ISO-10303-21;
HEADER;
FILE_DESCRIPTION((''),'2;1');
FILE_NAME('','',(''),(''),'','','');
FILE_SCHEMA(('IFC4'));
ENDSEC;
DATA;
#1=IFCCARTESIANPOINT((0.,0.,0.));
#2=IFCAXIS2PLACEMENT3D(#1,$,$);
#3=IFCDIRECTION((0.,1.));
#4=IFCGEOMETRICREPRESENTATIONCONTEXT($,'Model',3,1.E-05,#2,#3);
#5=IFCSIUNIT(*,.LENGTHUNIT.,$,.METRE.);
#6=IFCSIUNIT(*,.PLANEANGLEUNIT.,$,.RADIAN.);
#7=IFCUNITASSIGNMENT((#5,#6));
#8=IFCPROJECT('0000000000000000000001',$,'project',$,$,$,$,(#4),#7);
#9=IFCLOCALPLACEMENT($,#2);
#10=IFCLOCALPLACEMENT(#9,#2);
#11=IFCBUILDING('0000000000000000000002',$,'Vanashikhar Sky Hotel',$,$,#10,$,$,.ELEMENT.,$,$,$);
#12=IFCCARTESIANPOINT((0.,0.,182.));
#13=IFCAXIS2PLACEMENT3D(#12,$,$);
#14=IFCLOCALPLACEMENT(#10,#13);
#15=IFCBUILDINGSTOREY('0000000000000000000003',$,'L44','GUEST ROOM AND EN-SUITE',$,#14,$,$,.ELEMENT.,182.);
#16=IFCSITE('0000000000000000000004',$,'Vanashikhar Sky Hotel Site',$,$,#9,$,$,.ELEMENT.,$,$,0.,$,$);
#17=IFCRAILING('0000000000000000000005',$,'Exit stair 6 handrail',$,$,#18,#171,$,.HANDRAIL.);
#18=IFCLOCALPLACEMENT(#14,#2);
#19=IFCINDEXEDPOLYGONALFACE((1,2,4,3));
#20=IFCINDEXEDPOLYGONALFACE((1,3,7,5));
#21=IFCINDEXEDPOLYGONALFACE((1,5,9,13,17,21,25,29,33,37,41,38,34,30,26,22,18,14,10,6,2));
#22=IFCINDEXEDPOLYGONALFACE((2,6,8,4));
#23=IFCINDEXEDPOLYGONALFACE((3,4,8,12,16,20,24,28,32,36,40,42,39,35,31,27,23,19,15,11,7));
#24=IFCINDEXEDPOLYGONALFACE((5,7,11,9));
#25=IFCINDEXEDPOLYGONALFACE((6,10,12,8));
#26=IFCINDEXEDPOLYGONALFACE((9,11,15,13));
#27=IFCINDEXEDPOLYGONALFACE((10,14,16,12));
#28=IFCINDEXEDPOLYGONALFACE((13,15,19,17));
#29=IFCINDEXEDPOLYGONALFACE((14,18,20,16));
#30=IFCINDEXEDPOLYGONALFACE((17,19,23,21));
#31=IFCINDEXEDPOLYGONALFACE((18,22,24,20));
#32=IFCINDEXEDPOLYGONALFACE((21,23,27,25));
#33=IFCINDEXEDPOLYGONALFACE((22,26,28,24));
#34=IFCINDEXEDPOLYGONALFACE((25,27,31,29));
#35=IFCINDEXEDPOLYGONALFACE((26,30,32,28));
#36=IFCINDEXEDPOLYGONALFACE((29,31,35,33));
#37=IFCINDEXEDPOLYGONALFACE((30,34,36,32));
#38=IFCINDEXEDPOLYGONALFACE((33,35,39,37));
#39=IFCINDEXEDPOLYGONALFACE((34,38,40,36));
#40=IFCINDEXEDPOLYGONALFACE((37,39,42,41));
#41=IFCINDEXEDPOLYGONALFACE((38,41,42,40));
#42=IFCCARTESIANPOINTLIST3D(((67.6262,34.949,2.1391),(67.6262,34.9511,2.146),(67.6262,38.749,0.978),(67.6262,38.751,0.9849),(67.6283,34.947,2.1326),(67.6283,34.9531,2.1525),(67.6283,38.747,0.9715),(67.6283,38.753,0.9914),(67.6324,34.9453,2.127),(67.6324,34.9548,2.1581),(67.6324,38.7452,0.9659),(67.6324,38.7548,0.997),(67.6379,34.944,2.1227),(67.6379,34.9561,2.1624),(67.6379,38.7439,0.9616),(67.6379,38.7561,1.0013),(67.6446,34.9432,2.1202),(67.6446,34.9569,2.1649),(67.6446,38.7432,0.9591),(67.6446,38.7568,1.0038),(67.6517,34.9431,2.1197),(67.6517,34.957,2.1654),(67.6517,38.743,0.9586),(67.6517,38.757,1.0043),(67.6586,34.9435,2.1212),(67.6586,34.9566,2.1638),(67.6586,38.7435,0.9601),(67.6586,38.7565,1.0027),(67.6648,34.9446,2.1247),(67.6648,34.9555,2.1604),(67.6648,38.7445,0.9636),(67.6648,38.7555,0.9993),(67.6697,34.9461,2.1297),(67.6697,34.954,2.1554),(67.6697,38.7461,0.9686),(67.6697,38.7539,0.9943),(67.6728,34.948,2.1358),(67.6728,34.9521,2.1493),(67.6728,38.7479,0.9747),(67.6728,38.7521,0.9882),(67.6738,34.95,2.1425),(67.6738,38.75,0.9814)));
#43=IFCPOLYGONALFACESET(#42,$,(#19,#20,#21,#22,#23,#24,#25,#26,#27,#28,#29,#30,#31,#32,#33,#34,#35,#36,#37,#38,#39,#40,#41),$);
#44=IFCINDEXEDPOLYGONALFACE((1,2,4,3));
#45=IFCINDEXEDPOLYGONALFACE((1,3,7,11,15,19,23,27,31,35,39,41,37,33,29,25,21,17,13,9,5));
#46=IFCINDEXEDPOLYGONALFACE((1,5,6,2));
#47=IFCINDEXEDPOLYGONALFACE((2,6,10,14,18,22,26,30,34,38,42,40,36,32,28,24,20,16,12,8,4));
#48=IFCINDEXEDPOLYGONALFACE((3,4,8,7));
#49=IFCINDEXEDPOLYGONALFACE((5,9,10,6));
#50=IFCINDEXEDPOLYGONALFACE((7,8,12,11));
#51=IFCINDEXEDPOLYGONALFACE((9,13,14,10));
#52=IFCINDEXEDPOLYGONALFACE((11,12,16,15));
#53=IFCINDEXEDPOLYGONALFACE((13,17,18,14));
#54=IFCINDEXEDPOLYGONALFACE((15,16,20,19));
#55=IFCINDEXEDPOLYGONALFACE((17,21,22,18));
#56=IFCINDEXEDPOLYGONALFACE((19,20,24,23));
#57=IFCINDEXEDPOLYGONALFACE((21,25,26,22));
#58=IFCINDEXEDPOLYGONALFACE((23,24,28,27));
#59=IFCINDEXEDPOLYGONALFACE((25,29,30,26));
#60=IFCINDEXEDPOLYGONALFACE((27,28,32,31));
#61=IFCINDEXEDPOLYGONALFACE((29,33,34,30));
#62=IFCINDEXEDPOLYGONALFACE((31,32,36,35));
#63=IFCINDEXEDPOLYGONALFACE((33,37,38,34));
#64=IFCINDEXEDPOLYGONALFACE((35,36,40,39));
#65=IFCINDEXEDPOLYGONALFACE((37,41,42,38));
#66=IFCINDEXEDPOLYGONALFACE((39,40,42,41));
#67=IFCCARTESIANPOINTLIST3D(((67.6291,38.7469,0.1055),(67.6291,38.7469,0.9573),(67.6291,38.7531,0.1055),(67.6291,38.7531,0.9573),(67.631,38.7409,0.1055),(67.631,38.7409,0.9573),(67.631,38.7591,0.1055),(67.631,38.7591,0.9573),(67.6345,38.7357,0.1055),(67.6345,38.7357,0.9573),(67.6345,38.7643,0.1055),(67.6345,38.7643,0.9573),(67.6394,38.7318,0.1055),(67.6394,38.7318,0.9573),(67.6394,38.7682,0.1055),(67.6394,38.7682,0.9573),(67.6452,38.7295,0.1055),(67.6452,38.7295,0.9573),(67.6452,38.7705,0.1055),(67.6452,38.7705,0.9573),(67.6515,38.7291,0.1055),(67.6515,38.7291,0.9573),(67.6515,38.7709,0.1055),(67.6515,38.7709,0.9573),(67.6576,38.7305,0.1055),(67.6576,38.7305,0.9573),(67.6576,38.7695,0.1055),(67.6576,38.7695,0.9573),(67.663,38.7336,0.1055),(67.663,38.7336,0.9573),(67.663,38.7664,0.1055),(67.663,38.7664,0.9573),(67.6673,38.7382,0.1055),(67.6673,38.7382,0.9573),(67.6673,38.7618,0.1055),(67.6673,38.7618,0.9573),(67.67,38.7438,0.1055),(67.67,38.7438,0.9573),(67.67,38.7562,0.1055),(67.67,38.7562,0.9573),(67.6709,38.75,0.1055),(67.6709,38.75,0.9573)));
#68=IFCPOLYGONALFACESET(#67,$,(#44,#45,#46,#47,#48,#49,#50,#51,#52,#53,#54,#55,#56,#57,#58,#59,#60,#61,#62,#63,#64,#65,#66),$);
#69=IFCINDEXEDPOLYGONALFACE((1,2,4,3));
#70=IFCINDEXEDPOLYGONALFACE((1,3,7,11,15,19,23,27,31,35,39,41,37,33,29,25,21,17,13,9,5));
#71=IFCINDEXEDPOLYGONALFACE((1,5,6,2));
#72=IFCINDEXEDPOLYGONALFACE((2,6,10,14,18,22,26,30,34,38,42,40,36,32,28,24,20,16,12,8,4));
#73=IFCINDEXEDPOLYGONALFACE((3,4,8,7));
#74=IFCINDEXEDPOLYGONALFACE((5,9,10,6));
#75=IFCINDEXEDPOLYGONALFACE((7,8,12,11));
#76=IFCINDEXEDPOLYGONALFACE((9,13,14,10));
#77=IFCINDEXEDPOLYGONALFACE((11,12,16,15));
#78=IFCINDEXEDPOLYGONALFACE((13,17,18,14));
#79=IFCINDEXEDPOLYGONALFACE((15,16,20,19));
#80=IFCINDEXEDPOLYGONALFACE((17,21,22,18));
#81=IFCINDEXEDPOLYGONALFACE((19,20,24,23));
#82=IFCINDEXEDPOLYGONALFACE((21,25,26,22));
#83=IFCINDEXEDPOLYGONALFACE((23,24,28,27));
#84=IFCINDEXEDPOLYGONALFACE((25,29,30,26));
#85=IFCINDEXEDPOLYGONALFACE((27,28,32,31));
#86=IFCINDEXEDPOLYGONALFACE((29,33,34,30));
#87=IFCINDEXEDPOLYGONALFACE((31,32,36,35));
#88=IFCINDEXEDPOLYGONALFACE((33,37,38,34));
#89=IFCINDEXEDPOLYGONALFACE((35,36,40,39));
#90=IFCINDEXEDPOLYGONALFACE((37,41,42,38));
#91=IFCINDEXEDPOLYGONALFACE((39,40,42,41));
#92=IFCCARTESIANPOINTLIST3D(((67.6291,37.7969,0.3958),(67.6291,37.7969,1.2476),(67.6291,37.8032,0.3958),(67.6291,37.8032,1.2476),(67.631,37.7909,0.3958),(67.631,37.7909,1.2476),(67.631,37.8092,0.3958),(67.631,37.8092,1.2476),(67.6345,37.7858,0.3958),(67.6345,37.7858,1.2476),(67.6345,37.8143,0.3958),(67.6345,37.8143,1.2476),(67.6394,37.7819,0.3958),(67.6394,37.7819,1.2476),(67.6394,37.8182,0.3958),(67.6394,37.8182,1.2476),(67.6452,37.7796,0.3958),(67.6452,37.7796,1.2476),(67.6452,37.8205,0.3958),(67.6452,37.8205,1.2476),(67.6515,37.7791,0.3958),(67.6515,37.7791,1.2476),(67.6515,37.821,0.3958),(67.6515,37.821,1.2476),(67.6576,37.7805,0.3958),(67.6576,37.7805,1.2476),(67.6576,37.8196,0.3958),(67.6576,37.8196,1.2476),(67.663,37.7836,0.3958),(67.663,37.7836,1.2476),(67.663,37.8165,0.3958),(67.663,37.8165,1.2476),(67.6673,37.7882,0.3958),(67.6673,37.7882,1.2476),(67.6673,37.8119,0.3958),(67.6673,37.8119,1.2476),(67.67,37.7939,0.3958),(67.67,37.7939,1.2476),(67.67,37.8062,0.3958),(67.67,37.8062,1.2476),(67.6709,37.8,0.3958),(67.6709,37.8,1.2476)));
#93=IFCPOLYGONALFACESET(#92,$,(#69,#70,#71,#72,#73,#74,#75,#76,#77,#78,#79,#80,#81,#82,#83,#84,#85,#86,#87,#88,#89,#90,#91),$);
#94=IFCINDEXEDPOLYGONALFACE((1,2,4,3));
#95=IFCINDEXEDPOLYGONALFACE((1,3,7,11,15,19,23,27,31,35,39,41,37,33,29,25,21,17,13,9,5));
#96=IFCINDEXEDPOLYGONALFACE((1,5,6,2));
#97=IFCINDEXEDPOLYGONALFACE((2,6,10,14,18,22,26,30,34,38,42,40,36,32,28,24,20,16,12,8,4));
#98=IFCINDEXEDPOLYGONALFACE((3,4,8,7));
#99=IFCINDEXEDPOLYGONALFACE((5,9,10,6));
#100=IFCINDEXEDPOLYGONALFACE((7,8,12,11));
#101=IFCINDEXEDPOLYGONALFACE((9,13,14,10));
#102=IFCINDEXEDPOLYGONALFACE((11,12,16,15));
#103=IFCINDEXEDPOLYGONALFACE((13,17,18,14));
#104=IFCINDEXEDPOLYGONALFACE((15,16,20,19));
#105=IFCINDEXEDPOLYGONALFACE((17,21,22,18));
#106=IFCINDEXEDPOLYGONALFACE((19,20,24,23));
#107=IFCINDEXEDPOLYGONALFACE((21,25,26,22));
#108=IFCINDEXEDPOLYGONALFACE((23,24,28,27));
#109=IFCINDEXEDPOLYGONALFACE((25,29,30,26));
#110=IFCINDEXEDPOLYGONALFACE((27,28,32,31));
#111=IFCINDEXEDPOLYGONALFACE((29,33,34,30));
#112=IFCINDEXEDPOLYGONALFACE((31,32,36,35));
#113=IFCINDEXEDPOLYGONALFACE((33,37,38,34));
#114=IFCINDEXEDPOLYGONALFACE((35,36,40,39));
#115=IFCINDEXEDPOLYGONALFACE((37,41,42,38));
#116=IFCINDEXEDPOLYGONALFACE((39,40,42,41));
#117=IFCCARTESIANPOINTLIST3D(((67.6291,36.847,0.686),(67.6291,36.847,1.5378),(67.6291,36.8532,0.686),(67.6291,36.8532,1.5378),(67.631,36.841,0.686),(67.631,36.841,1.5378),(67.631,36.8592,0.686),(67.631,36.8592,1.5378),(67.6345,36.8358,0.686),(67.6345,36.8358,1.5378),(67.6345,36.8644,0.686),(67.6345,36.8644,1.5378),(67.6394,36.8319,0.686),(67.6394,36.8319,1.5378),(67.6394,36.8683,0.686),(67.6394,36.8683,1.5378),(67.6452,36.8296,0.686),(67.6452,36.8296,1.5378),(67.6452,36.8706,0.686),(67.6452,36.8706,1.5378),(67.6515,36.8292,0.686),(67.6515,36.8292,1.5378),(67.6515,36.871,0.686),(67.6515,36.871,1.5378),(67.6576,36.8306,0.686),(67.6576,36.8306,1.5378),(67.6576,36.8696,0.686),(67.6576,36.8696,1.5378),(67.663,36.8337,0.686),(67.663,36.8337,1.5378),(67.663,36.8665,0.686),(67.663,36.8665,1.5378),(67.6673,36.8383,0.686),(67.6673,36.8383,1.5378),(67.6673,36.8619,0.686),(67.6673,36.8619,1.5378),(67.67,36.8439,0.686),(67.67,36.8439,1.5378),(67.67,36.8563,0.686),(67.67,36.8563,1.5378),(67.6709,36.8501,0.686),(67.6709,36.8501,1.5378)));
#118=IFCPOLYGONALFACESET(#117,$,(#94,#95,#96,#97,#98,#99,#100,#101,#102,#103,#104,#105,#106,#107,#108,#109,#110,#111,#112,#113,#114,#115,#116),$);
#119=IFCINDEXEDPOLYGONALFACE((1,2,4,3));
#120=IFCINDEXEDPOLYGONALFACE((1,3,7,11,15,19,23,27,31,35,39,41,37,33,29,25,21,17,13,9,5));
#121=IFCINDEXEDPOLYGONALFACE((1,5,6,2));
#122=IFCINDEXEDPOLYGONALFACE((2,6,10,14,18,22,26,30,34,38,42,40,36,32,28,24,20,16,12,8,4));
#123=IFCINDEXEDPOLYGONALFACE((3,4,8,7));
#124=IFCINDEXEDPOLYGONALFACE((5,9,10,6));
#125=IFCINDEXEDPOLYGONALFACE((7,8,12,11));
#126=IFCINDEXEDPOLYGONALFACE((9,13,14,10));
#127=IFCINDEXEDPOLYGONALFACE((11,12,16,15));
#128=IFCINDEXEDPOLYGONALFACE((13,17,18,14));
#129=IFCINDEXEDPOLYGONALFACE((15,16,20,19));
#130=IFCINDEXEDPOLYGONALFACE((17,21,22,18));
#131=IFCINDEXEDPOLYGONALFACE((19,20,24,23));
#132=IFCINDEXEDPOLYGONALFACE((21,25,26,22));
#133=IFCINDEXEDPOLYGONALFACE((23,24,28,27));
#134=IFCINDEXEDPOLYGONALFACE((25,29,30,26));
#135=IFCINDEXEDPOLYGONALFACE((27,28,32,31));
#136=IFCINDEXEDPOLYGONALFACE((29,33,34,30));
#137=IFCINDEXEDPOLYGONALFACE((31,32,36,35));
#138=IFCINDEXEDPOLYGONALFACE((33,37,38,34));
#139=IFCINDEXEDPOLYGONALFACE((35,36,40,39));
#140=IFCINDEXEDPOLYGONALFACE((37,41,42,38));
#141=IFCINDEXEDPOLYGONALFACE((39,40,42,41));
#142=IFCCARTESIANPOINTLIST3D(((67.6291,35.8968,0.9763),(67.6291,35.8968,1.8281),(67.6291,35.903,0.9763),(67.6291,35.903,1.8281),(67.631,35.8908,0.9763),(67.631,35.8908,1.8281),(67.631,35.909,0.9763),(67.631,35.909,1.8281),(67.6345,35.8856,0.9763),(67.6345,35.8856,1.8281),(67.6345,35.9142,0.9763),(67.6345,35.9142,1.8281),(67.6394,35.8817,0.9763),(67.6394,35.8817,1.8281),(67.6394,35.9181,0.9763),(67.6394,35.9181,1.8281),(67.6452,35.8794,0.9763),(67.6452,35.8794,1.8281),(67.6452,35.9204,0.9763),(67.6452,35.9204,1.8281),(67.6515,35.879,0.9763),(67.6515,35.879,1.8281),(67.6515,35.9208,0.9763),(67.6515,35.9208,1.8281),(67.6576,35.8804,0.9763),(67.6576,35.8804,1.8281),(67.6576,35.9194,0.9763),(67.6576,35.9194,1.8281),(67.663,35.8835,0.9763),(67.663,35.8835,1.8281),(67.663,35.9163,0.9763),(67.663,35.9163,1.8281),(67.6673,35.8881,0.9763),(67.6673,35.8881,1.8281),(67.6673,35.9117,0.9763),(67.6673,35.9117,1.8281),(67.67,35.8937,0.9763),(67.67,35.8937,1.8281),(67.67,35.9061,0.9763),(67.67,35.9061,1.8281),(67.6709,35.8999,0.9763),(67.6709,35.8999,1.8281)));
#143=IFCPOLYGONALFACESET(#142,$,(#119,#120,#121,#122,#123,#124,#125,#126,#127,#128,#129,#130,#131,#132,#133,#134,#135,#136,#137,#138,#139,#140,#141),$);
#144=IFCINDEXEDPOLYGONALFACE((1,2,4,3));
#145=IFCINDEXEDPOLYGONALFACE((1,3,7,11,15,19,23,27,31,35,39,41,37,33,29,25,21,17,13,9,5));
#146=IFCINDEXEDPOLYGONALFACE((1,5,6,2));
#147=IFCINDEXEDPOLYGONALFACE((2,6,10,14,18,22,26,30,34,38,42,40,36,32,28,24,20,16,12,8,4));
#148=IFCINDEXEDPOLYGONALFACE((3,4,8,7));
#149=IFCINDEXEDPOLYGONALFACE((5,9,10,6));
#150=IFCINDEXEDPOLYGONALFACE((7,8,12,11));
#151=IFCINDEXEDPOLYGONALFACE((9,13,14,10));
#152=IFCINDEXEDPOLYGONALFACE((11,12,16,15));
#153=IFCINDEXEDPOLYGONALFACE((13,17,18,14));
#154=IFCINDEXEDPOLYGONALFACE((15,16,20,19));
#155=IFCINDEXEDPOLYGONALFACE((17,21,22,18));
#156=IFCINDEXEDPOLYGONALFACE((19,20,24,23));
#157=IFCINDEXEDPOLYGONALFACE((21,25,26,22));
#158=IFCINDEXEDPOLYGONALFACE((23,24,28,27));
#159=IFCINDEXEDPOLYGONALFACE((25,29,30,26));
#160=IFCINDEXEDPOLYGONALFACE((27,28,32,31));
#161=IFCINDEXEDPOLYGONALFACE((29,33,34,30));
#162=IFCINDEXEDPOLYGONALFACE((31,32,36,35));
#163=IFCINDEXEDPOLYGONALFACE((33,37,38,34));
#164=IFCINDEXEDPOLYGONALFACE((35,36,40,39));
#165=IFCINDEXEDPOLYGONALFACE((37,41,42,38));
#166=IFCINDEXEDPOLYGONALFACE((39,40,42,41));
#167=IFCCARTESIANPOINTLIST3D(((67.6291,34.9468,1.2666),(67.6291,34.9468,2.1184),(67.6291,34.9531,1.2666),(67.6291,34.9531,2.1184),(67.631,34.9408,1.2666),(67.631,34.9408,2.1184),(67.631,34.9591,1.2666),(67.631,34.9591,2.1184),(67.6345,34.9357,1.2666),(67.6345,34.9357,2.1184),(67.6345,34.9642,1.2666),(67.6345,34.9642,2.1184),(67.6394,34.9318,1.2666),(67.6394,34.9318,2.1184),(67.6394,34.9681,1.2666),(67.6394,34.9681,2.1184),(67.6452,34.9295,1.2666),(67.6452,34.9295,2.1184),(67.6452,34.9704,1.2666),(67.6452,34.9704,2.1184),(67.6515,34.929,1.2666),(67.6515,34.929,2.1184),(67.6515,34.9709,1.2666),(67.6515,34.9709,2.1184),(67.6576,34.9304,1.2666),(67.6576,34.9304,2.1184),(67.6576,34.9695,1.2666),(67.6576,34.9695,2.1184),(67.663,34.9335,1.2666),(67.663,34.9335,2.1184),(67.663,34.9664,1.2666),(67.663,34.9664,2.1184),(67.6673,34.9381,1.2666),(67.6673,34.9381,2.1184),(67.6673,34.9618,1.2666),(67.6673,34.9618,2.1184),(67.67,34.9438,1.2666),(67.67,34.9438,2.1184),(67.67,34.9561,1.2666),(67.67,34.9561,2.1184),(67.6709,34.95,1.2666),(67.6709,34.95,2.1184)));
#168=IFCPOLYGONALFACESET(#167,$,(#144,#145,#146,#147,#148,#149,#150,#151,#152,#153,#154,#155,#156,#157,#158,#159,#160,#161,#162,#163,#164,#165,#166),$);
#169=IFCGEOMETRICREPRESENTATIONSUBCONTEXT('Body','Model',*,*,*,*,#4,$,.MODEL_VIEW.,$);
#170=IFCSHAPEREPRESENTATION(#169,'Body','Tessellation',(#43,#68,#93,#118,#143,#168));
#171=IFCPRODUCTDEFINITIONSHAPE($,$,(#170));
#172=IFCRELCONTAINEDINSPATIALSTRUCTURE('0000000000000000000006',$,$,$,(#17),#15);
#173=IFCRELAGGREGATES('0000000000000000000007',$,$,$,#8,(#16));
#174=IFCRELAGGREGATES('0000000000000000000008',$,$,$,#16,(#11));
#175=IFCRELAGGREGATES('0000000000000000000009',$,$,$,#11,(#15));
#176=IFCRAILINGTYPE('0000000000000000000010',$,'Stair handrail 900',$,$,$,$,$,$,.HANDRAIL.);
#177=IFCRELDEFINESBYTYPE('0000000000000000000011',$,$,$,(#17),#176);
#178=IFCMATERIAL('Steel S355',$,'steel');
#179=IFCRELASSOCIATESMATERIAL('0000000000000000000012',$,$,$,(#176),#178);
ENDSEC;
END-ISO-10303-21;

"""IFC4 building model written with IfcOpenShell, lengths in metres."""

from ifc_helpers import new_model, si_unit, direction, frame, origin, origin_2d, place, context, subcontext, project, spatial, circle, extrude, source, transform, mapped, material, type_object, element, save


model = new_model("IFC4")

# Units and contexts
model_context = context("Model", 3, precision=1e-05, world=origin(), true_north=direction((0.0, 1.0)))
body_context = subcontext(model_context, "Body", "Model", "MODEL_VIEW")
ifc_project = project(units=[si_unit("LENGTHUNIT", "METRE"), si_unit("PLANEANGLEUNIT", "RADIAN")], contexts=[model_context])

# Site, building, storey
site_placement = place(None, origin())
site = spatial("IfcSite", under=ifc_project, at=site_placement, Name="Vanashikhar Sky Hotel Site", CompositionType="ELEMENT", RefElevation=0.0)
building_placement = place(site_placement, origin())
building = spatial("IfcBuilding", under=site, at=building_placement, Name="Vanashikhar Sky Hotel", CompositionType="ELEMENT")
storey_placement = place(building_placement, frame((0.0, 0.0, 182.0)))
storey = spatial("IfcBuildingStorey", under=building, at=storey_placement, Name="L44", Description="GUEST ROOM AND EN-SUITE", CompositionType="ELEMENT", Elevation=182.0)

# Railing
ifc_material_1 = material(Name="Steel S355", Category="steel")
railing_type = type_object("IfcRailingType", Name="Stair handrail 900", PredefinedType="HANDRAIL", material=ifc_material_1)
shared_shape_1 = source(origin(), body_context, "Body", "SweptSolid", [
    extrude(circle(Radius=0.0239, at=origin_2d()), frame((0.0, 0.0, 0.876), z_axis=(0.0, -0.956351, 0.29222), x_axis=(1.0, 0.0, 0.0)), (0.0, 0.0, 1.0), 3.9734),
    extrude(circle(Radius=0.021, at=origin_2d()), origin(), (0.0, 0.0, 1.0), 0.8518),
    extrude(circle(Radius=0.021, at=origin_2d()), frame((0.0, -0.95, 0.2903)), (0.0, 0.0, 1.0), 0.8518),
    extrude(circle(Radius=0.021, at=origin_2d()), frame((0.0, -1.8999, 0.5806)), (0.0, 0.0, 1.0), 0.8518),
    extrude(circle(Radius=0.021, at=origin_2d()), frame((0.0, -2.8501, 0.8708)), (0.0, 0.0, 1.0), 0.8518),
    extrude(circle(Radius=0.021, at=origin_2d()), frame((0.0, -3.8, 1.1611)), (0.0, 0.0, 1.0), 0.8518),
])
for number, where, name in (
    (1, (67.6499, 38.75, 0.1055), "Exit stair 6 handrail"),
):
    element("IfcRailing", number, at=place(storey_placement, frame(where)), inside=storey, type_object=railing_type, Name=name, PredefinedType="HANDRAIL", context=body_context, shape_type="MappedRepresentation", body=[
        mapped(shared_shape_1, transform((0.0, 0.0, 0.0), scale=1.0)),
    ])

save(model, "model.ifc")
